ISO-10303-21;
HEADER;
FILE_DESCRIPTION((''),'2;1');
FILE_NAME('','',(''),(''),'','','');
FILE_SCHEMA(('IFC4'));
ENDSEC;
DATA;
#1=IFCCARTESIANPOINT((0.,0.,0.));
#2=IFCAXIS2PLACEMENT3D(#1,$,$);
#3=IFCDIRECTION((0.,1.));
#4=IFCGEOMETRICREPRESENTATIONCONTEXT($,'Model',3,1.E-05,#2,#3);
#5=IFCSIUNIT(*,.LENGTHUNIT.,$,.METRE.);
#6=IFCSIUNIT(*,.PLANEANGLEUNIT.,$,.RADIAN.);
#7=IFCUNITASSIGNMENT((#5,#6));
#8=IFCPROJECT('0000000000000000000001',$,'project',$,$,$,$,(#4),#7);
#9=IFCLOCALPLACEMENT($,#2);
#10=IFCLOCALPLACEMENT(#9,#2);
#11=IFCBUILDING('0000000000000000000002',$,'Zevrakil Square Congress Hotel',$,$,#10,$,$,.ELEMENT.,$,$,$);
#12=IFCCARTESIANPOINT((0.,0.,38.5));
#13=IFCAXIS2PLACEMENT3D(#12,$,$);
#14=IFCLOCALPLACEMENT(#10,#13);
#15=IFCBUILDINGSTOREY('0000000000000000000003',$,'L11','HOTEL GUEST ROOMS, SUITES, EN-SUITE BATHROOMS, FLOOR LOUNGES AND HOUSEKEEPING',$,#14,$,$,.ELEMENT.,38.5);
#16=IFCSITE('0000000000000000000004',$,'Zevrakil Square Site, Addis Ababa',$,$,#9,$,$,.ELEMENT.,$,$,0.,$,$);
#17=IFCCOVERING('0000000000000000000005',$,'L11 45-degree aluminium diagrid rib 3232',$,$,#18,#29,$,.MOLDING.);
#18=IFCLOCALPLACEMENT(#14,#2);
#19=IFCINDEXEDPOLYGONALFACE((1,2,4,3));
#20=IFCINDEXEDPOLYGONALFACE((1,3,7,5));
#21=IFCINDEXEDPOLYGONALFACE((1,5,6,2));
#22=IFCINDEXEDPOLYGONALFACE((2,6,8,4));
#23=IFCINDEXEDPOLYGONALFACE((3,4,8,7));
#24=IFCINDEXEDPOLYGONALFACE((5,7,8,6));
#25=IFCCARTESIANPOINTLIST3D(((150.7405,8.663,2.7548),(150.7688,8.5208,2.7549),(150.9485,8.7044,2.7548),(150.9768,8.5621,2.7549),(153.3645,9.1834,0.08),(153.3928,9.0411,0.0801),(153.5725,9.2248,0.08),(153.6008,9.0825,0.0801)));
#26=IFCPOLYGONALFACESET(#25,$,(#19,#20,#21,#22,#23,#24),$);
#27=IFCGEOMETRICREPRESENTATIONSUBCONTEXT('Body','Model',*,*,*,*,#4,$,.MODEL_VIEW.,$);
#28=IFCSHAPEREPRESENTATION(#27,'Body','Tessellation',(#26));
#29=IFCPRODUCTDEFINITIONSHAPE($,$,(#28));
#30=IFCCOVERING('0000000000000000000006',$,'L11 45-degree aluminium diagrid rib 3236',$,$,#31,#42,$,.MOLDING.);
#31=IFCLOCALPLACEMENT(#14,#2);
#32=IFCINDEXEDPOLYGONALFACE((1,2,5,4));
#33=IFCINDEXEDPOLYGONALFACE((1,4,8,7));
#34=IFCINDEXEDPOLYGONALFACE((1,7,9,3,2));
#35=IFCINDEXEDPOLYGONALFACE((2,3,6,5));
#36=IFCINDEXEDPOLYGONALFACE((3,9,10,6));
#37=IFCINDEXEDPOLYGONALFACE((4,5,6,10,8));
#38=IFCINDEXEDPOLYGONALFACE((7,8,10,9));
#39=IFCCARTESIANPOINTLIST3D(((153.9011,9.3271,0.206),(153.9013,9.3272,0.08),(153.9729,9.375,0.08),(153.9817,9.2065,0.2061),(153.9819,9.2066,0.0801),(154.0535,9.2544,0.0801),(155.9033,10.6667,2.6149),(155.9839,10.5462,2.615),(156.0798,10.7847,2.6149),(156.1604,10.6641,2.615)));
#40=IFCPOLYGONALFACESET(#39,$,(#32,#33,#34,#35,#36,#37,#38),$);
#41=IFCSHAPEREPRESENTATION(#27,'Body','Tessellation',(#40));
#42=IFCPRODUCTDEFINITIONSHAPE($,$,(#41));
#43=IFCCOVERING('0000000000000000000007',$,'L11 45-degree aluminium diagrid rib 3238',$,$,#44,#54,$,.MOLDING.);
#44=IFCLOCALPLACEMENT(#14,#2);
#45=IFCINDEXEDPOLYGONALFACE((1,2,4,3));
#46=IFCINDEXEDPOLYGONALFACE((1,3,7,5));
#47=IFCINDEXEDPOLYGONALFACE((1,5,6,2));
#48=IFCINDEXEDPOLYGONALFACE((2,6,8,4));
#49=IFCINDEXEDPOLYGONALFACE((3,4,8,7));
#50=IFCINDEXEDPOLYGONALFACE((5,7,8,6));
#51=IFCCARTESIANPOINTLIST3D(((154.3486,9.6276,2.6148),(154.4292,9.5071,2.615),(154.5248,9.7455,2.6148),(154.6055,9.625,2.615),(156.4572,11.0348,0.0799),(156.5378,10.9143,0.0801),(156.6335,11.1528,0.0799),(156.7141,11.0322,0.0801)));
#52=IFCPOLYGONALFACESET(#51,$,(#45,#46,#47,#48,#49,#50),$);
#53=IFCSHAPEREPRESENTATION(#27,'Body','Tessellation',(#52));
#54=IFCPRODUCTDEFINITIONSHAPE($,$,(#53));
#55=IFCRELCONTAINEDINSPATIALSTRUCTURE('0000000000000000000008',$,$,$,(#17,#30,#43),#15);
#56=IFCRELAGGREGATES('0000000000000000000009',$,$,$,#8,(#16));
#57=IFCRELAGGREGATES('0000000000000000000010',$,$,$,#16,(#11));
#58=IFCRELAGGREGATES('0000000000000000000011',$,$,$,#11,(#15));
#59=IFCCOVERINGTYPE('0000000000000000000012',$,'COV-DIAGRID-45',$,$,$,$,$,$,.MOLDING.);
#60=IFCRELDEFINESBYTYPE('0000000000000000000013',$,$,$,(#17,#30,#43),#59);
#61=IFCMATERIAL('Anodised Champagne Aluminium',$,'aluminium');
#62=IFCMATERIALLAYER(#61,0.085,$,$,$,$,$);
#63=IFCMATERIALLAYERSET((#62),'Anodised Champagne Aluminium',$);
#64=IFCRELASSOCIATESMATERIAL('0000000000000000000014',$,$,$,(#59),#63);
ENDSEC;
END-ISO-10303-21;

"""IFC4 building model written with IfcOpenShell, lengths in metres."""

from ifc_helpers import new_model, si_unit, direction, frame, origin, place, context, subcontext, project, spatial, polyline, outline, extrude, material, layer, layer_set, type_object, element, save


model = new_model("IFC4")

# Units and contexts
model_context = context("Model", 3, precision=1e-05, world=origin(), true_north=direction((0.0, 1.0)))
body_context = subcontext(model_context, "Body", "Model", "MODEL_VIEW")
ifc_project = project(units=[si_unit("LENGTHUNIT", "METRE"), si_unit("PLANEANGLEUNIT", "RADIAN")], contexts=[model_context])

# Site, building, storey
site_placement = place(None, origin())
site = spatial("IfcSite", under=ifc_project, at=site_placement, Name="Zevrakil Square Site, Addis Ababa", CompositionType="ELEMENT", RefElevation=0.0)
building_placement = place(site_placement, origin())
building = spatial("IfcBuilding", under=site, at=building_placement, Name="Zevrakil Square Congress Hotel", CompositionType="ELEMENT")
storey_placement = place(building_placement, frame((0.0, 0.0, 38.5)))
storey = spatial("IfcBuildingStorey", under=building, at=storey_placement, Name="L11", Description="HOTEL GUEST ROOMS, SUITES, EN-SUITE BATHROOMS, FLOOR LOUNGES AND HOUSEKEEPING", CompositionType="ELEMENT", Elevation=38.5)

# Coverings
ifc_material_1 = material(Name="Anodised Champagne Aluminium", Category="aluminium")
ifc_layer_1 = layer(ifc_material_1, 0.085)
ifc_layer_set_1 = layer_set([ifc_layer_1], Name="Anodised Champagne Aluminium")
covering_type_1 = type_object("IfcCoveringType", Name="COV-DIAGRID-45", PredefinedType="MOLDING", material=ifc_layer_set_1)
covering_1_placement = place(storey_placement, frame((150.7688, 8.5208, 2.7549), z_axis=(0.19512, -0.980779, 0.000604), x_axis=(0.980779, 0.19512, 0.0)))
element("IfcCovering", 1, at=covering_1_placement, inside=storey, type_object=covering_type_1, Name="L11 45-degree aluminium diagrid rib 3232", PredefinedType="MOLDING", context=body_context, shape_type="SweptSolid", body=[
    extrude(outline(polyline([(0.0, 0.0), (0.2121, 0.0), (2.8872, -2.6748), (2.6751, -2.6748), (0.0, 0.0)])), origin(), (0.0, 0.0, -1.0), 0.145),
])
covering_2_placement = place(storey_placement, frame((154.0535, 9.2544, 0.0801), z_axis=(0.555512, -0.831508, 0.000691), x_axis=(-0.831508, -0.555512, 0.0)))
element("IfcCovering", 2, at=covering_2_placement, inside=storey, type_object=covering_type_1, Name="L11 45-degree aluminium diagrid rib 3236", PredefinedType="MOLDING", context=body_context, shape_type="SweptSolid", body=[
    extrude(outline(polyline([(0.0, 0.0), (0.0861, 0.0), (0.0863, -0.126), (-2.3227, -2.5349), (-2.535, -2.5349), (0.0, 0.0)])), origin(), (0.0, 0.0, -1.0), 0.145),
])
covering_3_placement = place(storey_placement, frame((154.4292, 9.5071, 2.615), z_axis=(0.556027, -0.831163, 0.001116), x_axis=(0.831164, 0.556028, 0.0)))
element("IfcCovering", 3, at=covering_3_placement, inside=storey, type_object=covering_type_1, Name="L11 45-degree aluminium diagrid rib 3238", PredefinedType="MOLDING", context=body_context, shape_type="SweptSolid", body=[
    extrude(outline(polyline([(0.0, 0.0), (0.2121, 0.0), (2.7472, -2.5349), (2.5351, -2.5349), (0.0, 0.0)])), origin(), (0.0, 0.0, -1.0), 0.145),
])

save(model, "model.ifc")
